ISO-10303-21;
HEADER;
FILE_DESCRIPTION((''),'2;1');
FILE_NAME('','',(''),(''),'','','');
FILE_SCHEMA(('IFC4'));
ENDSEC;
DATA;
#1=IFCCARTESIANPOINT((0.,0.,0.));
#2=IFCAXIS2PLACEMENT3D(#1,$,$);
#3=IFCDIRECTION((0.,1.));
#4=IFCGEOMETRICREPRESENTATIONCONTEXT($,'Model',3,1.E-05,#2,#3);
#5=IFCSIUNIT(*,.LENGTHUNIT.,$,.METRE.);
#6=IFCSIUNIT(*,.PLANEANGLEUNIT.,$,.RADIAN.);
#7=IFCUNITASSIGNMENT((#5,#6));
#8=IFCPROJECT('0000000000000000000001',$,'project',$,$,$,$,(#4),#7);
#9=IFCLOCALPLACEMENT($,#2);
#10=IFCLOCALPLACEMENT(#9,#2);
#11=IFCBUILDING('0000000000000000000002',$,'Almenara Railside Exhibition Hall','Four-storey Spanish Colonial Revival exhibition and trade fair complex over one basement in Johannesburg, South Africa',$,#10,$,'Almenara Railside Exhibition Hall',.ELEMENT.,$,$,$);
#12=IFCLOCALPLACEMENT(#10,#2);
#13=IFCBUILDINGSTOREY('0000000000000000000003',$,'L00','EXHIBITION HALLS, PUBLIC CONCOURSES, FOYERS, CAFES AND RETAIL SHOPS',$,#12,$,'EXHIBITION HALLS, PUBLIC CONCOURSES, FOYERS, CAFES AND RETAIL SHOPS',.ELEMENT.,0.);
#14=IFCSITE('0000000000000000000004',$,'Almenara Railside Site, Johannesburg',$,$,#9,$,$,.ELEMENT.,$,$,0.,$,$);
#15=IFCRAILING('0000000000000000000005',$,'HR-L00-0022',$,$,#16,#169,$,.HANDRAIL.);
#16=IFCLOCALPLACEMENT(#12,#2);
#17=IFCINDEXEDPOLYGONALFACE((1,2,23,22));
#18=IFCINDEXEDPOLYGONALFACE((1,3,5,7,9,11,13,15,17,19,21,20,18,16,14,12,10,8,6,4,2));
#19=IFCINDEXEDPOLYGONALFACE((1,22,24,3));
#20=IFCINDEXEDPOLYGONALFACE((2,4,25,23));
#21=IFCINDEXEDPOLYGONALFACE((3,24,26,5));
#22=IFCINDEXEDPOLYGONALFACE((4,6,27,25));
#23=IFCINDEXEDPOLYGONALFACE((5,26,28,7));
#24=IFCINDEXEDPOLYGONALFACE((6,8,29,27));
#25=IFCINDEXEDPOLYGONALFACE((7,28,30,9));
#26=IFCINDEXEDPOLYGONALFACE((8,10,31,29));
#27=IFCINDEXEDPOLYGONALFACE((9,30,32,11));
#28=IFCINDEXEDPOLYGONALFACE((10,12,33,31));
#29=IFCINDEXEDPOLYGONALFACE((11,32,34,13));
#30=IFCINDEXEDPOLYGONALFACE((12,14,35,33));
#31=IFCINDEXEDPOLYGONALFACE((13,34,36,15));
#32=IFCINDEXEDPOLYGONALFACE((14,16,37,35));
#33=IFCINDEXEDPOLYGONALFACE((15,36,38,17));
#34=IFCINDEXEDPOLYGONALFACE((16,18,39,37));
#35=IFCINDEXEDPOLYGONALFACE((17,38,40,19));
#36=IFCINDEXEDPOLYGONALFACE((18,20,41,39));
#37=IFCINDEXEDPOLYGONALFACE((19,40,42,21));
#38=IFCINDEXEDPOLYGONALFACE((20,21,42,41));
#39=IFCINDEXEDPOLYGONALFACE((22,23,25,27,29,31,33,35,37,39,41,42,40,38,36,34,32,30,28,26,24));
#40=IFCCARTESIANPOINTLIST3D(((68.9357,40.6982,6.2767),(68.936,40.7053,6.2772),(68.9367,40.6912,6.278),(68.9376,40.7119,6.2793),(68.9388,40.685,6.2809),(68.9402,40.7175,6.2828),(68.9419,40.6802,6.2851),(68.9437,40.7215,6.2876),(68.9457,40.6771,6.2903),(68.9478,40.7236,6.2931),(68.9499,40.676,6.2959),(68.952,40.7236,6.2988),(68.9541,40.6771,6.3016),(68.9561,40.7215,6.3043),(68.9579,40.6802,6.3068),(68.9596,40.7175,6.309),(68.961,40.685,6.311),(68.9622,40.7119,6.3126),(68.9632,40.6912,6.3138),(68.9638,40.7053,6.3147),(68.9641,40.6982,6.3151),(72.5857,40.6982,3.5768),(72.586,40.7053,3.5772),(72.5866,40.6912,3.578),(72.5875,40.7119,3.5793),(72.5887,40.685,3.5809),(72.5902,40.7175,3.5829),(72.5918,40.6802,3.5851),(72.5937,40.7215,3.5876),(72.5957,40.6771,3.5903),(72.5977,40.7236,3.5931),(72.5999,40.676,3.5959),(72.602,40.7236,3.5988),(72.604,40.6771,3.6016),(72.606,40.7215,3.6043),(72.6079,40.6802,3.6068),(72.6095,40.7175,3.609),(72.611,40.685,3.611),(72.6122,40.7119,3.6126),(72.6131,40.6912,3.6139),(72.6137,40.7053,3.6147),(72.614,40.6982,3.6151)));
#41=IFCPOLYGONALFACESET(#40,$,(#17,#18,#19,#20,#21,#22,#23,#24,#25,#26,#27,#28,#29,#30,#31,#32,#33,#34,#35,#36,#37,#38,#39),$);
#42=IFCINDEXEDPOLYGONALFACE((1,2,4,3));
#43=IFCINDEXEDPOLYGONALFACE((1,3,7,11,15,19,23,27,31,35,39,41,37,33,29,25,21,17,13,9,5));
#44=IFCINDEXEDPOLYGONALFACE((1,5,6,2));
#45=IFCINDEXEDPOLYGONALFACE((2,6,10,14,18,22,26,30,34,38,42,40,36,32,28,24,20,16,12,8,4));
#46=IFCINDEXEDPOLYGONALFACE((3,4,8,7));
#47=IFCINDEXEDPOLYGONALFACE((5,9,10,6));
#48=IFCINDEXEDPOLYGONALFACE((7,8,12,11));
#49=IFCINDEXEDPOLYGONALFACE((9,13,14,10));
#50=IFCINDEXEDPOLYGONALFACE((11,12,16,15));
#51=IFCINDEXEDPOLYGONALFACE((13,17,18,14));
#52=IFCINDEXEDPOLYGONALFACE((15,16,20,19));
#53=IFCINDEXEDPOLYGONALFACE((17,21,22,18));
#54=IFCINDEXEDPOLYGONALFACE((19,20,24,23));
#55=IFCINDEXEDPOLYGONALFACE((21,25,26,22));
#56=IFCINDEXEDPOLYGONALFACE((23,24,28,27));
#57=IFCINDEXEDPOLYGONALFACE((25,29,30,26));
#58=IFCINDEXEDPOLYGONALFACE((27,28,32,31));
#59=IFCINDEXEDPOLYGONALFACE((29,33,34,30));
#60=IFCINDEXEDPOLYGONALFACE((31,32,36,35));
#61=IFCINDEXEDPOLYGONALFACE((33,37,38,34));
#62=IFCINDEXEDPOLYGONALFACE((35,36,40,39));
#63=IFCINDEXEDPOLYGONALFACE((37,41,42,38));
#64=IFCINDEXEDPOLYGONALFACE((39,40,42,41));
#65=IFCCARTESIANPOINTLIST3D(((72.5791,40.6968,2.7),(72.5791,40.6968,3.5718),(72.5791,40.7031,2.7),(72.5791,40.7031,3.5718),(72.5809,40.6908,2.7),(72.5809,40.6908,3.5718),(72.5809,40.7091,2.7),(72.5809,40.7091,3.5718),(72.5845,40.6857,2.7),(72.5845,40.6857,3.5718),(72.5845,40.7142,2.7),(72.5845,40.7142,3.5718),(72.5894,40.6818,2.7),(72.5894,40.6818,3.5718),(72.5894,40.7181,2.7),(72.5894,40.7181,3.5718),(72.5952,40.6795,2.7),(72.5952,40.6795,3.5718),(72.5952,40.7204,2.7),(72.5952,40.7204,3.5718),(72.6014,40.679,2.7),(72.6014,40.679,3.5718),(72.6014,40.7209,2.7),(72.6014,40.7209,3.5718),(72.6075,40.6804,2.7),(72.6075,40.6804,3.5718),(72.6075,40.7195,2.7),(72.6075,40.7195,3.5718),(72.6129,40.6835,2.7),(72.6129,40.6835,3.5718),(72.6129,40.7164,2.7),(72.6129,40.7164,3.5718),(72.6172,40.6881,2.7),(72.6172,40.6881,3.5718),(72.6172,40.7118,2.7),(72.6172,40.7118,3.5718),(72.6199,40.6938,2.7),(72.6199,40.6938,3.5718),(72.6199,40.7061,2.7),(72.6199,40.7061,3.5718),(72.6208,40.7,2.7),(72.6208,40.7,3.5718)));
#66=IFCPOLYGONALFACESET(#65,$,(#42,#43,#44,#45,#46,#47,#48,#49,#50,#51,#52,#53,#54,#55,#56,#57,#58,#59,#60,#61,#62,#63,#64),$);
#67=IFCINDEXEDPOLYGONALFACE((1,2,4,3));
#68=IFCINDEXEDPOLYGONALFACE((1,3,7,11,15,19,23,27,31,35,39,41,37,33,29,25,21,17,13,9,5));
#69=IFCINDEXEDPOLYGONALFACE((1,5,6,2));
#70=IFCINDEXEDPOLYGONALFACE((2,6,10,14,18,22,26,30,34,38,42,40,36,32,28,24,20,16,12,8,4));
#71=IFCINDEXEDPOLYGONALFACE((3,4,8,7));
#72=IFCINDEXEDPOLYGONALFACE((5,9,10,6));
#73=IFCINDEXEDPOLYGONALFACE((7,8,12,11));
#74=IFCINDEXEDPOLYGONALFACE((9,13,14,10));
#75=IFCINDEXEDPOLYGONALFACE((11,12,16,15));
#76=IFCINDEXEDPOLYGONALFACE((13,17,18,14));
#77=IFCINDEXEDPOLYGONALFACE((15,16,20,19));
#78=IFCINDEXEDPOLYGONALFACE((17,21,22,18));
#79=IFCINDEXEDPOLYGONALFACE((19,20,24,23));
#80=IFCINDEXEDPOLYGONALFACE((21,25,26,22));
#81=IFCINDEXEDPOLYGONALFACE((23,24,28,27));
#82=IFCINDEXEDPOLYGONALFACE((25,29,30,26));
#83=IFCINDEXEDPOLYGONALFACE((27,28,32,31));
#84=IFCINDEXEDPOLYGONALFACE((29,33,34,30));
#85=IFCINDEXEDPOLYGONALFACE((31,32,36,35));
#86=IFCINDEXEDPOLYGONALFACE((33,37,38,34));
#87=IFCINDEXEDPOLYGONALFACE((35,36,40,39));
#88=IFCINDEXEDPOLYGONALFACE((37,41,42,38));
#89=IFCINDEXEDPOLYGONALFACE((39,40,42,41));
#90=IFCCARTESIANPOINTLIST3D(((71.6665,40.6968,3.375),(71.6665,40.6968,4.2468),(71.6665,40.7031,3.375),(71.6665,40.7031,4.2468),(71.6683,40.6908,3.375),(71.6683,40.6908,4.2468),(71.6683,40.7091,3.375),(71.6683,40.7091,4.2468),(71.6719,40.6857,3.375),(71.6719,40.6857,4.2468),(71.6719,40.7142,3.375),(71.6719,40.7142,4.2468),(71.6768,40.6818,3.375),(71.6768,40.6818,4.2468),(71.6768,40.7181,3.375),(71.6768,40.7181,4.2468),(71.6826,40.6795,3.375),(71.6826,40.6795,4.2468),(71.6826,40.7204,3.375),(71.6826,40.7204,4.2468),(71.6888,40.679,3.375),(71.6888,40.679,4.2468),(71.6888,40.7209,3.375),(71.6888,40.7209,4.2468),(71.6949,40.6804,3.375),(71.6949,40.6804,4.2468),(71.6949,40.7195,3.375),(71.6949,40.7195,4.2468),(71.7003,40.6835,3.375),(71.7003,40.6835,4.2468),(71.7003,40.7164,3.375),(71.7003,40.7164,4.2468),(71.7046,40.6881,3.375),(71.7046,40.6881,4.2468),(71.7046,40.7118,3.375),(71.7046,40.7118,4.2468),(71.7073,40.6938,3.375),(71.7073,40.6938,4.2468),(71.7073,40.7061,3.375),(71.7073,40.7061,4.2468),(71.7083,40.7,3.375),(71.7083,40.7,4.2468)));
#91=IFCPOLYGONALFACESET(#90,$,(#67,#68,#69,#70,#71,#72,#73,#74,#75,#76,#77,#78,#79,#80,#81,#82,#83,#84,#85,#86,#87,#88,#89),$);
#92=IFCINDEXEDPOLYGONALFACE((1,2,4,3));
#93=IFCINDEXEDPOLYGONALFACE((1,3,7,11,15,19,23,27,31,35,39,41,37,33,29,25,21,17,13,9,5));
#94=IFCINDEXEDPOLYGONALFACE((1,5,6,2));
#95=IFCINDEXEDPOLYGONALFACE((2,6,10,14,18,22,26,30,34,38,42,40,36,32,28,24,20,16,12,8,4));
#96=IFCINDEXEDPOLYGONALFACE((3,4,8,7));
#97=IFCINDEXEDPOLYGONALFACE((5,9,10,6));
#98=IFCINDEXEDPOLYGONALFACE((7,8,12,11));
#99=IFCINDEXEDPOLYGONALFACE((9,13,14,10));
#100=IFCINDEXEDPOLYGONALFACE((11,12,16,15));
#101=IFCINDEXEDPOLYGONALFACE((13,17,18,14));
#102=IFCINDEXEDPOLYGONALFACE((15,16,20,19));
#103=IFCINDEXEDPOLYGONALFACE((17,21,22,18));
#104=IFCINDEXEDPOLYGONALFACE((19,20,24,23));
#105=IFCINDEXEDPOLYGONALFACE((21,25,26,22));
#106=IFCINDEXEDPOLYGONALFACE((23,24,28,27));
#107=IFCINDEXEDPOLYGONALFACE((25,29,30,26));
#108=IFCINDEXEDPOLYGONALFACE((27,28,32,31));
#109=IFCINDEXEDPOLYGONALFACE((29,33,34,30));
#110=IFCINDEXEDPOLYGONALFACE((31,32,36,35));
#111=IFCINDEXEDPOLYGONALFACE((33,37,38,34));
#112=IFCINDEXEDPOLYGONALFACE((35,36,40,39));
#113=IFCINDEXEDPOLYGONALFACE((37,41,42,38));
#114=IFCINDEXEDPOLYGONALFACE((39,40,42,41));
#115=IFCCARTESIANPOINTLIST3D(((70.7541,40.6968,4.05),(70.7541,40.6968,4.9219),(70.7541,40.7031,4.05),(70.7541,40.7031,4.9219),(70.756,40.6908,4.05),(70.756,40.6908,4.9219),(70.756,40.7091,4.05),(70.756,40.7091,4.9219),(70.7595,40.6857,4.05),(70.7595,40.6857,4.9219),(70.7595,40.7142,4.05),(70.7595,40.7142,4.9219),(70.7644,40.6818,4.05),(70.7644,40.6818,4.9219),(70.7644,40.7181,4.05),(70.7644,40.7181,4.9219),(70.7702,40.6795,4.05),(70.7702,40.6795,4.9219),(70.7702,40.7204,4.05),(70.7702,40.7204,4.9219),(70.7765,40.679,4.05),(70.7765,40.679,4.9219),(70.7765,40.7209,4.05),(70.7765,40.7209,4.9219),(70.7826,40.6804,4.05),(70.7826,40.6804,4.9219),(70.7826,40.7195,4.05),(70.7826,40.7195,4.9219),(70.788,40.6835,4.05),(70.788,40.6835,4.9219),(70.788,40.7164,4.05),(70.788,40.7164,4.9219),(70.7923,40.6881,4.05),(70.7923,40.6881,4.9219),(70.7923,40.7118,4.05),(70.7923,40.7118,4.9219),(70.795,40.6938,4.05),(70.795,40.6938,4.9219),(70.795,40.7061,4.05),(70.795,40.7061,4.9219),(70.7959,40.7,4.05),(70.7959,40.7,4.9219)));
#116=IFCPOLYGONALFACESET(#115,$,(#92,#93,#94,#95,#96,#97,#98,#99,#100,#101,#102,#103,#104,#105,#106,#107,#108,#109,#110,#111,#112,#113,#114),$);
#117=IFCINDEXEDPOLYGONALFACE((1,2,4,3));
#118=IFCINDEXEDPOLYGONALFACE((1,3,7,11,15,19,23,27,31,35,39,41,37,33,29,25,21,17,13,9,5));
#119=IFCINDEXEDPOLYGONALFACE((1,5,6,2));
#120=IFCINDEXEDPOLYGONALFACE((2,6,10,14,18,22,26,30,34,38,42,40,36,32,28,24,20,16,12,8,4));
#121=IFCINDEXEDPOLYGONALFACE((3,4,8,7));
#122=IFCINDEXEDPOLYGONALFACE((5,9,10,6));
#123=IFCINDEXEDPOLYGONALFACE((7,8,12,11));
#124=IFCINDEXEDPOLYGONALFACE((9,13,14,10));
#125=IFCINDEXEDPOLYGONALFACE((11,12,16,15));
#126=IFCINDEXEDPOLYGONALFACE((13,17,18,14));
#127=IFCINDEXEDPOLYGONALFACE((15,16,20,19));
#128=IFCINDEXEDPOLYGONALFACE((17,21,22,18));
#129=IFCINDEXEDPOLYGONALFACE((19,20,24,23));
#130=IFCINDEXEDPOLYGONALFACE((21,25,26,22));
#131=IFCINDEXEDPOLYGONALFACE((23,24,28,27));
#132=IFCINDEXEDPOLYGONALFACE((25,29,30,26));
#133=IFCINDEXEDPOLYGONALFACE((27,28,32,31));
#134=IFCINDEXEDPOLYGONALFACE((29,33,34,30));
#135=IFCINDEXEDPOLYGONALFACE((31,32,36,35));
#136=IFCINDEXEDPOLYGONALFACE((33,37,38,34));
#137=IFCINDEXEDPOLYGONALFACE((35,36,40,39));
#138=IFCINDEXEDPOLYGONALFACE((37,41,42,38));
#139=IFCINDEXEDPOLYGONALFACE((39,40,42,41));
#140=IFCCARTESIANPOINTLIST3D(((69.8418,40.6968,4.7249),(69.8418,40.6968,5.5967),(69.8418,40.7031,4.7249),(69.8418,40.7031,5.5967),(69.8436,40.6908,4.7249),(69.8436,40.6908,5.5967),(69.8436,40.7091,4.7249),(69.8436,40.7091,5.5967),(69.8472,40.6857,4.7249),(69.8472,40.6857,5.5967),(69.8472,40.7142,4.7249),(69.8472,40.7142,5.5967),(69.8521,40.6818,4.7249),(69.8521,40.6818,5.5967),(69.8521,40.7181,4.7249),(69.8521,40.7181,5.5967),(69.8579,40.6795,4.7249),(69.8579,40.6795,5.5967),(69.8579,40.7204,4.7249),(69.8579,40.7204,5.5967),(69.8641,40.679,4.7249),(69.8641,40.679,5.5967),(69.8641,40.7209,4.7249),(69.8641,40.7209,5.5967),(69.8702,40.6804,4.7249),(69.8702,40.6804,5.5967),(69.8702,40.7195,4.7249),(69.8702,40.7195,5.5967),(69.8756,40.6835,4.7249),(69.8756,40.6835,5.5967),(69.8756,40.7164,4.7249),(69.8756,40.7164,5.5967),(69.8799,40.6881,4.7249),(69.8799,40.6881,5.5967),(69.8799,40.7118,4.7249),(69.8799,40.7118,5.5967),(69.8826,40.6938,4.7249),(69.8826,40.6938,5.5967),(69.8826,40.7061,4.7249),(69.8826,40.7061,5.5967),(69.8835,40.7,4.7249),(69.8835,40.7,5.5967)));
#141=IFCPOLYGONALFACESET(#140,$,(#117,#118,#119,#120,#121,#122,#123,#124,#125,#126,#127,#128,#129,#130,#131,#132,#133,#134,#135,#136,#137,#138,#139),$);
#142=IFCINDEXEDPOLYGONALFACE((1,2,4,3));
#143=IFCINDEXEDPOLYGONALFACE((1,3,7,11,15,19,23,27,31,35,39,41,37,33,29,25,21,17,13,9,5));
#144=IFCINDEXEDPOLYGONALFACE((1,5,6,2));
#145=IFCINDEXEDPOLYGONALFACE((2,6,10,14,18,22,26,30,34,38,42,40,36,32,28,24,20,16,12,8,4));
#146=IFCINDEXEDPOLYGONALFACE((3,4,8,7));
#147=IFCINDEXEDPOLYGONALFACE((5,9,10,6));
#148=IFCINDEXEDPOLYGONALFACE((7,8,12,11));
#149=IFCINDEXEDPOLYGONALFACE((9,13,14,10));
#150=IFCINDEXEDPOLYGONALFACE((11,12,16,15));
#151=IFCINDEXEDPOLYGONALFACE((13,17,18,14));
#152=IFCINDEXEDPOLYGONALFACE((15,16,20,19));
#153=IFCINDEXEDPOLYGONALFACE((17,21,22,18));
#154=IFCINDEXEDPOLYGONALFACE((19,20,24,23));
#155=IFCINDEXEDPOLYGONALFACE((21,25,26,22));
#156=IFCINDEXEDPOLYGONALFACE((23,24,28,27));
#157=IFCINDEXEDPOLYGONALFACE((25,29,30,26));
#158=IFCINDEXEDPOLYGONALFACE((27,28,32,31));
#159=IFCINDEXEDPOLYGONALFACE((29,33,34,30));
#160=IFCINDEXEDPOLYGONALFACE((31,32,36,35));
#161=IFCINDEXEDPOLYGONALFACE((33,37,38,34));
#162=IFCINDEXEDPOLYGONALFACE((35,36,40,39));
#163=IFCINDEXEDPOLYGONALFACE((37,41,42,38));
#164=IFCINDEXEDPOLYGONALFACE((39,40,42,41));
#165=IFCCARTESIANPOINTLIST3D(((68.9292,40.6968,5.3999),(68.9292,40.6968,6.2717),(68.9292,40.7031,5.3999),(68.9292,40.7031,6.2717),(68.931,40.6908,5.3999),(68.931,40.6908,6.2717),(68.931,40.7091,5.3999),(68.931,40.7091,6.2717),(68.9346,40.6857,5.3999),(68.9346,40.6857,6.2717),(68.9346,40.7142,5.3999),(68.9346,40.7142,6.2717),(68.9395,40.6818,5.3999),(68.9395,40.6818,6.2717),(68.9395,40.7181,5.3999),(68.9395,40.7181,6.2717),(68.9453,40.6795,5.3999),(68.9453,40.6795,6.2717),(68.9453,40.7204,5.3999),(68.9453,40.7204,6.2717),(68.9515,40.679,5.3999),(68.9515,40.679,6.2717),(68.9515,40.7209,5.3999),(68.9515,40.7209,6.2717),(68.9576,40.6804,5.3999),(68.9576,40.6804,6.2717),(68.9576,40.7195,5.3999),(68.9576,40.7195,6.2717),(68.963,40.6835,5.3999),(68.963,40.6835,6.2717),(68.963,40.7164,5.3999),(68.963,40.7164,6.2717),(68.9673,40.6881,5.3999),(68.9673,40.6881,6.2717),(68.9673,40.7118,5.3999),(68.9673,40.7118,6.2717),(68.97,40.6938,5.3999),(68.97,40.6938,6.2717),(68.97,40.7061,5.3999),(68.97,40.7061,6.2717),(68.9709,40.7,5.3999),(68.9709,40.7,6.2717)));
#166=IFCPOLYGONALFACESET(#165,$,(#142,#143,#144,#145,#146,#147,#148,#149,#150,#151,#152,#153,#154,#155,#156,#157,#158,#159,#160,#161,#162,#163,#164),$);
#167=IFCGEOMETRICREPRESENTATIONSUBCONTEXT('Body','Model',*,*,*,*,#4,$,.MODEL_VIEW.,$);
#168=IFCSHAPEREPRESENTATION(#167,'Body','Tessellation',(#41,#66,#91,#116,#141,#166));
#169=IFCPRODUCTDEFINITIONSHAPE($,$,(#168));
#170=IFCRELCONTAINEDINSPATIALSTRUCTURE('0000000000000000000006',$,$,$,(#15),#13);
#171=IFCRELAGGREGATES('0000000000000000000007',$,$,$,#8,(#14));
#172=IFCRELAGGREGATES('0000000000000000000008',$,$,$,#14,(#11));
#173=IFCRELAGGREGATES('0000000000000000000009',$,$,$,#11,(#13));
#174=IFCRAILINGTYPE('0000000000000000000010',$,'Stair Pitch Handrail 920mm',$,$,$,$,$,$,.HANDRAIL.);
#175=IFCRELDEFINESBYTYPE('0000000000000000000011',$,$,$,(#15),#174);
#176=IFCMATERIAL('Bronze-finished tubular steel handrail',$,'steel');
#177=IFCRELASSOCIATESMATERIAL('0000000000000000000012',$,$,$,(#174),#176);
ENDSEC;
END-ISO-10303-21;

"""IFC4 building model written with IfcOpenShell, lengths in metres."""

from ifc_helpers import new_model, si_unit, direction, frame, origin, origin_2d, place, context, subcontext, project, spatial, circle, extrude, material, type_object, element, save


model = new_model("IFC4")

# Units and contexts
model_context = context("Model", 3, precision=1e-05, world=origin(), true_north=direction((0.0, 1.0)))
body_context = subcontext(model_context, "Body", "Model", "MODEL_VIEW")
ifc_project = project(units=[si_unit("LENGTHUNIT", "METRE"), si_unit("PLANEANGLEUNIT", "RADIAN")], contexts=[model_context])

# Site, building, storey
site_placement = place(None, origin())
site = spatial("IfcSite", under=ifc_project, at=site_placement, Name="Almenara Railside Site, Johannesburg", CompositionType="ELEMENT", RefElevation=0.0)
building_placement = place(site_placement, origin())
building = spatial("IfcBuilding", under=site, at=building_placement, Name="Almenara Railside Exhibition Hall", Description="Four-storey Spanish Colonial Revival exhibition and trade fair complex over one basement in Johannesburg, South Africa", LongName="Almenara Railside Exhibition Hall", CompositionType="ELEMENT")
storey_placement = place(building_placement, origin())
storey = spatial("IfcBuildingStorey", under=building, at=storey_placement, Name="L00", Description="EXHIBITION HALLS, PUBLIC CONCOURSES, FOYERS, CAFES AND RETAIL SHOPS", LongName="EXHIBITION HALLS, PUBLIC CONCOURSES, FOYERS, CAFES AND RETAIL SHOPS", CompositionType="ELEMENT", Elevation=0.0)

# Railing
ifc_material_1 = material(Name="Bronze-finished tubular steel handrail", Category="steel")
railing_type_1 = type_object("IfcRailingType", Name="Stair Pitch Handrail 920mm", PredefinedType="HANDRAIL", material=ifc_material_1)
railing_1_placement = place(storey_placement, frame((72.5999, 40.7, 2.7)))
element("IfcRailing", 1, at=railing_1_placement, inside=storey, type_object=railing_type_1, Name="HR-L00-0022", PredefinedType="HANDRAIL", context=body_context, shape_type="SweptSolid", body=[
    extrude(circle(Radius=0.0239, at=origin_2d()), frame((0.0, 0.0, 0.896), z_axis=(-0.803945, 0.0, 0.594704), x_axis=(0.0, -1.0, 0.0)), (0.0, 0.0, 1.0), 4.54),
    extrude(circle(Radius=0.021, at=origin_2d()), origin(), (0.0, 0.0, 1.0), 0.8718),
    extrude(circle(Radius=0.021, at=origin_2d()), frame((-0.9126, 0.0, 0.675)), (0.0, 0.0, 1.0), 0.8718),
    extrude(circle(Radius=0.021, at=origin_2d()), frame((-1.825, 0.0, 1.3501)), (0.0, 0.0, 1.0), 0.8718),
    extrude(circle(Radius=0.021, at=origin_2d()), frame((-2.7373, 0.0, 2.0249)), (0.0, 0.0, 1.0), 0.8718),
    extrude(circle(Radius=0.021, at=origin_2d()), frame((-3.6499, 0.0, 2.7)), (0.0, 0.0, 1.0), 0.8718),
])

save(model, "model.ifc")
